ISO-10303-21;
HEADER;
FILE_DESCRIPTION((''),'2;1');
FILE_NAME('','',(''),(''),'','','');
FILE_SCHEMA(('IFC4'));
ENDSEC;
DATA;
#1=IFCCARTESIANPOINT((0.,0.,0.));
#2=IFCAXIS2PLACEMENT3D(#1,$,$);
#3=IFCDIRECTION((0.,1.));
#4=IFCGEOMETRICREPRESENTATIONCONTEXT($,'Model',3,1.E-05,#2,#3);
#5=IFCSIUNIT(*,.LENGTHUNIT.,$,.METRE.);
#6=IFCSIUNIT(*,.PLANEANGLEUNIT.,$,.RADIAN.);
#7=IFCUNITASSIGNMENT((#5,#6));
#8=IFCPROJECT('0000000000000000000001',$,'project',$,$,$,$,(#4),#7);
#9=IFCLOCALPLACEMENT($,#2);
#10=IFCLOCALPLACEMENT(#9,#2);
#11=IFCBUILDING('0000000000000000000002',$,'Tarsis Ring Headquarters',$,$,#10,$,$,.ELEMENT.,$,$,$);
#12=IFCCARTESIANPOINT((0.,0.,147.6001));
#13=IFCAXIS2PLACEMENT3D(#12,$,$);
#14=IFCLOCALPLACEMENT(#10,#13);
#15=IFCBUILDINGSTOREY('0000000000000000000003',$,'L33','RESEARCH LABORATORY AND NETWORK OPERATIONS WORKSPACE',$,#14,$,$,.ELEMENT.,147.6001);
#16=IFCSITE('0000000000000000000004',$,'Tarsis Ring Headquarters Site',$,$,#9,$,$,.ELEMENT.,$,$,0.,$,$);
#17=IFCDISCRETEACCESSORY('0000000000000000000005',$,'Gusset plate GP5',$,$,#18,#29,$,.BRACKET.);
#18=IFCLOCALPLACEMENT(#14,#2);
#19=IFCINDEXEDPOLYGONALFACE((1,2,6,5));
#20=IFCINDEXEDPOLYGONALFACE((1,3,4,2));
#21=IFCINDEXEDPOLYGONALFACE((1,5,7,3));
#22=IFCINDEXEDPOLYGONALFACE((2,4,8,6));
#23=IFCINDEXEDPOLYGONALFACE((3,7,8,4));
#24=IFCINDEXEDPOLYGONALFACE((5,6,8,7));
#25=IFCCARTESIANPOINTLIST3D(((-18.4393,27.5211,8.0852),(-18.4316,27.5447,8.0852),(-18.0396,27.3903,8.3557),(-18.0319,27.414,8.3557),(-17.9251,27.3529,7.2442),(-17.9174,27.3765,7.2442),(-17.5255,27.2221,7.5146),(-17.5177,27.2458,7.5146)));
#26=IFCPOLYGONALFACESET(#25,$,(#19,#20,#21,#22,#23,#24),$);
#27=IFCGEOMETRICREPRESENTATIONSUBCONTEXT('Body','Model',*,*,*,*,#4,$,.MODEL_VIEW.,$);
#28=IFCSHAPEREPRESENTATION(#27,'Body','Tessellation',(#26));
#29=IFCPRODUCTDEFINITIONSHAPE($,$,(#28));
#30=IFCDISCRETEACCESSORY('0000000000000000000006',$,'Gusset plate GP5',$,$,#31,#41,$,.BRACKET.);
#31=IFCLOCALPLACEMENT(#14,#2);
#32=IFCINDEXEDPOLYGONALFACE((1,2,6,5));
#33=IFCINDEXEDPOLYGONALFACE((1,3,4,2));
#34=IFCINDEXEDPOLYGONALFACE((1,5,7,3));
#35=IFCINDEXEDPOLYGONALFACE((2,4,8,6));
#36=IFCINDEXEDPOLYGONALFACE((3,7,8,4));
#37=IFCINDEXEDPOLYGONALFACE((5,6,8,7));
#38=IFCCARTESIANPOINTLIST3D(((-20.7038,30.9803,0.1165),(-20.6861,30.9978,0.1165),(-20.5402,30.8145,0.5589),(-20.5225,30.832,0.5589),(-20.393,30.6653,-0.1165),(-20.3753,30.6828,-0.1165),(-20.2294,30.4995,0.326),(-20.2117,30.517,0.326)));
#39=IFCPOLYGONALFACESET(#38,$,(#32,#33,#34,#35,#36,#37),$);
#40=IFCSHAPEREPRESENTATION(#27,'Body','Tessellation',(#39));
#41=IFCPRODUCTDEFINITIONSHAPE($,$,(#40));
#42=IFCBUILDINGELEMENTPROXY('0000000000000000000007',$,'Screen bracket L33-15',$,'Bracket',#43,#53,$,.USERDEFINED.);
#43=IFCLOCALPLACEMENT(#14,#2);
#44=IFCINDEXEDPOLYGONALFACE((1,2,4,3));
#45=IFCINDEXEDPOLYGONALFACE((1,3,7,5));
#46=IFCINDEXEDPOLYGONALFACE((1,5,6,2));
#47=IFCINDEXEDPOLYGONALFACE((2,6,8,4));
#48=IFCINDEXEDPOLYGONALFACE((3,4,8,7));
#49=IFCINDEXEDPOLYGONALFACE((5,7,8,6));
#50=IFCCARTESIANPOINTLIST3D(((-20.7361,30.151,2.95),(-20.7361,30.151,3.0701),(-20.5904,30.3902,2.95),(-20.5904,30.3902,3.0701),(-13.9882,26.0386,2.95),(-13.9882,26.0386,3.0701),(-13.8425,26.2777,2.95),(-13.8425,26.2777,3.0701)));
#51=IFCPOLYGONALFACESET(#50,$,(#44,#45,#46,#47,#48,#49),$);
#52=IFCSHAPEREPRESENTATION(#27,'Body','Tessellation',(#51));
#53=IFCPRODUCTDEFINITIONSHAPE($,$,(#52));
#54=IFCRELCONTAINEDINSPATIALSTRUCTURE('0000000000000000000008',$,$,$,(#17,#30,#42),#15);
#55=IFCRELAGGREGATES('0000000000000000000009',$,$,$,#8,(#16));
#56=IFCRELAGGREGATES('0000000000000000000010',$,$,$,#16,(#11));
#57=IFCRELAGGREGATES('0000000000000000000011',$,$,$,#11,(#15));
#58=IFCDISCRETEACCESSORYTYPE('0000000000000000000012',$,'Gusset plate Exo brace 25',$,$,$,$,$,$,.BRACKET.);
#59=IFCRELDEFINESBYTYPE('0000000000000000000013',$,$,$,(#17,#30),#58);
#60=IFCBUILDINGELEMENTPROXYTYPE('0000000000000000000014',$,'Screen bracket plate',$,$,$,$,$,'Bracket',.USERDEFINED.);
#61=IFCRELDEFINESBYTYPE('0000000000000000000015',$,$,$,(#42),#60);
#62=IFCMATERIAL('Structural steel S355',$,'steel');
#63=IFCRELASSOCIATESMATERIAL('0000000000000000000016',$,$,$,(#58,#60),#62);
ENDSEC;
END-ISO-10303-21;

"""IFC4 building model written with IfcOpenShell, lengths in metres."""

from ifc_helpers import new_model, si_unit, direction, frame, origin, origin_2d, place, context, subcontext, project, spatial, rectangle, extrude, material, material_profile, profile_set, type_object, element, save


model = new_model("IFC4")

# Units and contexts
model_context = context("Model", 3, precision=1e-05, world=origin(), true_north=direction((0.0, 1.0)))
body_context = subcontext(model_context, "Body", "Model", "MODEL_VIEW")
ifc_project = project(units=[si_unit("LENGTHUNIT", "METRE"), si_unit("PLANEANGLEUNIT", "RADIAN")], contexts=[model_context])

# Site, building, storey
site_placement = place(None, origin())
site = spatial("IfcSite", under=ifc_project, at=site_placement, Name="Tarsis Ring Headquarters Site", CompositionType="ELEMENT", RefElevation=0.0)
building_placement = place(site_placement, origin())
building = spatial("IfcBuilding", under=site, at=building_placement, Name="Tarsis Ring Headquarters", CompositionType="ELEMENT")
storey_placement = place(building_placement, frame((0.0, 0.0, 147.6001)))
storey = spatial("IfcBuildingStorey", under=building, at=storey_placement, Name="L33", Description="RESEARCH LABORATORY AND NETWORK OPERATIONS WORKSPACE", CompositionType="ELEMENT", Elevation=147.6001)

# Shared definitions
ifc_material_1 = material(Name="Structural steel S355", Category="steel")

# Discrete accessories
ifc_material_profile_1 = material_profile(ifc_material_1, rectangle(XDim=0.0249, YDim=0.5, at=origin_2d()), Name="PL 25x500")
ifc_profile_set_1 = profile_set([ifc_material_profile_1], Name="Structural steel S355")
discrete_accessory_type = type_object("IfcDiscreteAccessoryType", Name="Gusset plate Exo brace 25", PredefinedType="BRACKET", material=ifc_profile_set_1)
discrete_accessory_1_placement = place(storey_placement, frame((-17.7214, 27.2993, 7.3794), z_axis=(-0.514148, 0.168209, 0.841045), x_axis=(-0.310943, -0.950429, 0.0)))
element("IfcDiscreteAccessory", 1, at=discrete_accessory_1_placement, inside=storey, type_object=discrete_accessory_type, Name="Gusset plate GP5", PredefinedType="BRACKET", context=body_context, shape_type="SweptSolid", body=[
    extrude(rectangle(XDim=0.0249, YDim=0.5, at=origin_2d()), origin(), (0.0, 0.0, 1.0), 1.0),
])
discrete_accessory_2_placement = place(storey_placement, frame((-20.5396, 30.8315, 0.0), z_axis=(0.327188, -0.331583, 0.884873), x_axis=(0.711808, 0.702374, 0.0)))
element("IfcDiscreteAccessory", 2, at=discrete_accessory_2_placement, inside=storey, type_object=discrete_accessory_type, Name="Gusset plate GP5", PredefinedType="BRACKET", context=body_context, shape_type="SweptSolid", body=[
    extrude(rectangle(XDim=0.0249, YDim=0.5, at=origin_2d()), origin(), (0.0, 0.0, 1.0), 0.5),
])

# Building element proxy
building_element_proxy_type = type_object("IfcBuildingElementProxyType", Name="Screen bracket plate", ElementType="Bracket", PredefinedType="USERDEFINED", material=ifc_material_1)
proxy_placement = place(storey_placement, frame((-17.2893, 28.2144, 2.95), z_axis=(0.0, 0.0, 1.0), x_axis=(-0.853914, 0.520413, 0.0)))
element("IfcBuildingElementProxy", 3, at=proxy_placement, inside=storey, type_object=building_element_proxy_type, Name="Screen bracket L33-15", ObjectType="Bracket", PredefinedType="USERDEFINED", context=body_context, shape_type="SweptSolid", body=[
    extrude(rectangle(XDim=7.9023, YDim=0.28, at=origin_2d()), origin(), (0.0, 0.0, 1.0), 0.1201),
])

save(model, "model.ifc")
